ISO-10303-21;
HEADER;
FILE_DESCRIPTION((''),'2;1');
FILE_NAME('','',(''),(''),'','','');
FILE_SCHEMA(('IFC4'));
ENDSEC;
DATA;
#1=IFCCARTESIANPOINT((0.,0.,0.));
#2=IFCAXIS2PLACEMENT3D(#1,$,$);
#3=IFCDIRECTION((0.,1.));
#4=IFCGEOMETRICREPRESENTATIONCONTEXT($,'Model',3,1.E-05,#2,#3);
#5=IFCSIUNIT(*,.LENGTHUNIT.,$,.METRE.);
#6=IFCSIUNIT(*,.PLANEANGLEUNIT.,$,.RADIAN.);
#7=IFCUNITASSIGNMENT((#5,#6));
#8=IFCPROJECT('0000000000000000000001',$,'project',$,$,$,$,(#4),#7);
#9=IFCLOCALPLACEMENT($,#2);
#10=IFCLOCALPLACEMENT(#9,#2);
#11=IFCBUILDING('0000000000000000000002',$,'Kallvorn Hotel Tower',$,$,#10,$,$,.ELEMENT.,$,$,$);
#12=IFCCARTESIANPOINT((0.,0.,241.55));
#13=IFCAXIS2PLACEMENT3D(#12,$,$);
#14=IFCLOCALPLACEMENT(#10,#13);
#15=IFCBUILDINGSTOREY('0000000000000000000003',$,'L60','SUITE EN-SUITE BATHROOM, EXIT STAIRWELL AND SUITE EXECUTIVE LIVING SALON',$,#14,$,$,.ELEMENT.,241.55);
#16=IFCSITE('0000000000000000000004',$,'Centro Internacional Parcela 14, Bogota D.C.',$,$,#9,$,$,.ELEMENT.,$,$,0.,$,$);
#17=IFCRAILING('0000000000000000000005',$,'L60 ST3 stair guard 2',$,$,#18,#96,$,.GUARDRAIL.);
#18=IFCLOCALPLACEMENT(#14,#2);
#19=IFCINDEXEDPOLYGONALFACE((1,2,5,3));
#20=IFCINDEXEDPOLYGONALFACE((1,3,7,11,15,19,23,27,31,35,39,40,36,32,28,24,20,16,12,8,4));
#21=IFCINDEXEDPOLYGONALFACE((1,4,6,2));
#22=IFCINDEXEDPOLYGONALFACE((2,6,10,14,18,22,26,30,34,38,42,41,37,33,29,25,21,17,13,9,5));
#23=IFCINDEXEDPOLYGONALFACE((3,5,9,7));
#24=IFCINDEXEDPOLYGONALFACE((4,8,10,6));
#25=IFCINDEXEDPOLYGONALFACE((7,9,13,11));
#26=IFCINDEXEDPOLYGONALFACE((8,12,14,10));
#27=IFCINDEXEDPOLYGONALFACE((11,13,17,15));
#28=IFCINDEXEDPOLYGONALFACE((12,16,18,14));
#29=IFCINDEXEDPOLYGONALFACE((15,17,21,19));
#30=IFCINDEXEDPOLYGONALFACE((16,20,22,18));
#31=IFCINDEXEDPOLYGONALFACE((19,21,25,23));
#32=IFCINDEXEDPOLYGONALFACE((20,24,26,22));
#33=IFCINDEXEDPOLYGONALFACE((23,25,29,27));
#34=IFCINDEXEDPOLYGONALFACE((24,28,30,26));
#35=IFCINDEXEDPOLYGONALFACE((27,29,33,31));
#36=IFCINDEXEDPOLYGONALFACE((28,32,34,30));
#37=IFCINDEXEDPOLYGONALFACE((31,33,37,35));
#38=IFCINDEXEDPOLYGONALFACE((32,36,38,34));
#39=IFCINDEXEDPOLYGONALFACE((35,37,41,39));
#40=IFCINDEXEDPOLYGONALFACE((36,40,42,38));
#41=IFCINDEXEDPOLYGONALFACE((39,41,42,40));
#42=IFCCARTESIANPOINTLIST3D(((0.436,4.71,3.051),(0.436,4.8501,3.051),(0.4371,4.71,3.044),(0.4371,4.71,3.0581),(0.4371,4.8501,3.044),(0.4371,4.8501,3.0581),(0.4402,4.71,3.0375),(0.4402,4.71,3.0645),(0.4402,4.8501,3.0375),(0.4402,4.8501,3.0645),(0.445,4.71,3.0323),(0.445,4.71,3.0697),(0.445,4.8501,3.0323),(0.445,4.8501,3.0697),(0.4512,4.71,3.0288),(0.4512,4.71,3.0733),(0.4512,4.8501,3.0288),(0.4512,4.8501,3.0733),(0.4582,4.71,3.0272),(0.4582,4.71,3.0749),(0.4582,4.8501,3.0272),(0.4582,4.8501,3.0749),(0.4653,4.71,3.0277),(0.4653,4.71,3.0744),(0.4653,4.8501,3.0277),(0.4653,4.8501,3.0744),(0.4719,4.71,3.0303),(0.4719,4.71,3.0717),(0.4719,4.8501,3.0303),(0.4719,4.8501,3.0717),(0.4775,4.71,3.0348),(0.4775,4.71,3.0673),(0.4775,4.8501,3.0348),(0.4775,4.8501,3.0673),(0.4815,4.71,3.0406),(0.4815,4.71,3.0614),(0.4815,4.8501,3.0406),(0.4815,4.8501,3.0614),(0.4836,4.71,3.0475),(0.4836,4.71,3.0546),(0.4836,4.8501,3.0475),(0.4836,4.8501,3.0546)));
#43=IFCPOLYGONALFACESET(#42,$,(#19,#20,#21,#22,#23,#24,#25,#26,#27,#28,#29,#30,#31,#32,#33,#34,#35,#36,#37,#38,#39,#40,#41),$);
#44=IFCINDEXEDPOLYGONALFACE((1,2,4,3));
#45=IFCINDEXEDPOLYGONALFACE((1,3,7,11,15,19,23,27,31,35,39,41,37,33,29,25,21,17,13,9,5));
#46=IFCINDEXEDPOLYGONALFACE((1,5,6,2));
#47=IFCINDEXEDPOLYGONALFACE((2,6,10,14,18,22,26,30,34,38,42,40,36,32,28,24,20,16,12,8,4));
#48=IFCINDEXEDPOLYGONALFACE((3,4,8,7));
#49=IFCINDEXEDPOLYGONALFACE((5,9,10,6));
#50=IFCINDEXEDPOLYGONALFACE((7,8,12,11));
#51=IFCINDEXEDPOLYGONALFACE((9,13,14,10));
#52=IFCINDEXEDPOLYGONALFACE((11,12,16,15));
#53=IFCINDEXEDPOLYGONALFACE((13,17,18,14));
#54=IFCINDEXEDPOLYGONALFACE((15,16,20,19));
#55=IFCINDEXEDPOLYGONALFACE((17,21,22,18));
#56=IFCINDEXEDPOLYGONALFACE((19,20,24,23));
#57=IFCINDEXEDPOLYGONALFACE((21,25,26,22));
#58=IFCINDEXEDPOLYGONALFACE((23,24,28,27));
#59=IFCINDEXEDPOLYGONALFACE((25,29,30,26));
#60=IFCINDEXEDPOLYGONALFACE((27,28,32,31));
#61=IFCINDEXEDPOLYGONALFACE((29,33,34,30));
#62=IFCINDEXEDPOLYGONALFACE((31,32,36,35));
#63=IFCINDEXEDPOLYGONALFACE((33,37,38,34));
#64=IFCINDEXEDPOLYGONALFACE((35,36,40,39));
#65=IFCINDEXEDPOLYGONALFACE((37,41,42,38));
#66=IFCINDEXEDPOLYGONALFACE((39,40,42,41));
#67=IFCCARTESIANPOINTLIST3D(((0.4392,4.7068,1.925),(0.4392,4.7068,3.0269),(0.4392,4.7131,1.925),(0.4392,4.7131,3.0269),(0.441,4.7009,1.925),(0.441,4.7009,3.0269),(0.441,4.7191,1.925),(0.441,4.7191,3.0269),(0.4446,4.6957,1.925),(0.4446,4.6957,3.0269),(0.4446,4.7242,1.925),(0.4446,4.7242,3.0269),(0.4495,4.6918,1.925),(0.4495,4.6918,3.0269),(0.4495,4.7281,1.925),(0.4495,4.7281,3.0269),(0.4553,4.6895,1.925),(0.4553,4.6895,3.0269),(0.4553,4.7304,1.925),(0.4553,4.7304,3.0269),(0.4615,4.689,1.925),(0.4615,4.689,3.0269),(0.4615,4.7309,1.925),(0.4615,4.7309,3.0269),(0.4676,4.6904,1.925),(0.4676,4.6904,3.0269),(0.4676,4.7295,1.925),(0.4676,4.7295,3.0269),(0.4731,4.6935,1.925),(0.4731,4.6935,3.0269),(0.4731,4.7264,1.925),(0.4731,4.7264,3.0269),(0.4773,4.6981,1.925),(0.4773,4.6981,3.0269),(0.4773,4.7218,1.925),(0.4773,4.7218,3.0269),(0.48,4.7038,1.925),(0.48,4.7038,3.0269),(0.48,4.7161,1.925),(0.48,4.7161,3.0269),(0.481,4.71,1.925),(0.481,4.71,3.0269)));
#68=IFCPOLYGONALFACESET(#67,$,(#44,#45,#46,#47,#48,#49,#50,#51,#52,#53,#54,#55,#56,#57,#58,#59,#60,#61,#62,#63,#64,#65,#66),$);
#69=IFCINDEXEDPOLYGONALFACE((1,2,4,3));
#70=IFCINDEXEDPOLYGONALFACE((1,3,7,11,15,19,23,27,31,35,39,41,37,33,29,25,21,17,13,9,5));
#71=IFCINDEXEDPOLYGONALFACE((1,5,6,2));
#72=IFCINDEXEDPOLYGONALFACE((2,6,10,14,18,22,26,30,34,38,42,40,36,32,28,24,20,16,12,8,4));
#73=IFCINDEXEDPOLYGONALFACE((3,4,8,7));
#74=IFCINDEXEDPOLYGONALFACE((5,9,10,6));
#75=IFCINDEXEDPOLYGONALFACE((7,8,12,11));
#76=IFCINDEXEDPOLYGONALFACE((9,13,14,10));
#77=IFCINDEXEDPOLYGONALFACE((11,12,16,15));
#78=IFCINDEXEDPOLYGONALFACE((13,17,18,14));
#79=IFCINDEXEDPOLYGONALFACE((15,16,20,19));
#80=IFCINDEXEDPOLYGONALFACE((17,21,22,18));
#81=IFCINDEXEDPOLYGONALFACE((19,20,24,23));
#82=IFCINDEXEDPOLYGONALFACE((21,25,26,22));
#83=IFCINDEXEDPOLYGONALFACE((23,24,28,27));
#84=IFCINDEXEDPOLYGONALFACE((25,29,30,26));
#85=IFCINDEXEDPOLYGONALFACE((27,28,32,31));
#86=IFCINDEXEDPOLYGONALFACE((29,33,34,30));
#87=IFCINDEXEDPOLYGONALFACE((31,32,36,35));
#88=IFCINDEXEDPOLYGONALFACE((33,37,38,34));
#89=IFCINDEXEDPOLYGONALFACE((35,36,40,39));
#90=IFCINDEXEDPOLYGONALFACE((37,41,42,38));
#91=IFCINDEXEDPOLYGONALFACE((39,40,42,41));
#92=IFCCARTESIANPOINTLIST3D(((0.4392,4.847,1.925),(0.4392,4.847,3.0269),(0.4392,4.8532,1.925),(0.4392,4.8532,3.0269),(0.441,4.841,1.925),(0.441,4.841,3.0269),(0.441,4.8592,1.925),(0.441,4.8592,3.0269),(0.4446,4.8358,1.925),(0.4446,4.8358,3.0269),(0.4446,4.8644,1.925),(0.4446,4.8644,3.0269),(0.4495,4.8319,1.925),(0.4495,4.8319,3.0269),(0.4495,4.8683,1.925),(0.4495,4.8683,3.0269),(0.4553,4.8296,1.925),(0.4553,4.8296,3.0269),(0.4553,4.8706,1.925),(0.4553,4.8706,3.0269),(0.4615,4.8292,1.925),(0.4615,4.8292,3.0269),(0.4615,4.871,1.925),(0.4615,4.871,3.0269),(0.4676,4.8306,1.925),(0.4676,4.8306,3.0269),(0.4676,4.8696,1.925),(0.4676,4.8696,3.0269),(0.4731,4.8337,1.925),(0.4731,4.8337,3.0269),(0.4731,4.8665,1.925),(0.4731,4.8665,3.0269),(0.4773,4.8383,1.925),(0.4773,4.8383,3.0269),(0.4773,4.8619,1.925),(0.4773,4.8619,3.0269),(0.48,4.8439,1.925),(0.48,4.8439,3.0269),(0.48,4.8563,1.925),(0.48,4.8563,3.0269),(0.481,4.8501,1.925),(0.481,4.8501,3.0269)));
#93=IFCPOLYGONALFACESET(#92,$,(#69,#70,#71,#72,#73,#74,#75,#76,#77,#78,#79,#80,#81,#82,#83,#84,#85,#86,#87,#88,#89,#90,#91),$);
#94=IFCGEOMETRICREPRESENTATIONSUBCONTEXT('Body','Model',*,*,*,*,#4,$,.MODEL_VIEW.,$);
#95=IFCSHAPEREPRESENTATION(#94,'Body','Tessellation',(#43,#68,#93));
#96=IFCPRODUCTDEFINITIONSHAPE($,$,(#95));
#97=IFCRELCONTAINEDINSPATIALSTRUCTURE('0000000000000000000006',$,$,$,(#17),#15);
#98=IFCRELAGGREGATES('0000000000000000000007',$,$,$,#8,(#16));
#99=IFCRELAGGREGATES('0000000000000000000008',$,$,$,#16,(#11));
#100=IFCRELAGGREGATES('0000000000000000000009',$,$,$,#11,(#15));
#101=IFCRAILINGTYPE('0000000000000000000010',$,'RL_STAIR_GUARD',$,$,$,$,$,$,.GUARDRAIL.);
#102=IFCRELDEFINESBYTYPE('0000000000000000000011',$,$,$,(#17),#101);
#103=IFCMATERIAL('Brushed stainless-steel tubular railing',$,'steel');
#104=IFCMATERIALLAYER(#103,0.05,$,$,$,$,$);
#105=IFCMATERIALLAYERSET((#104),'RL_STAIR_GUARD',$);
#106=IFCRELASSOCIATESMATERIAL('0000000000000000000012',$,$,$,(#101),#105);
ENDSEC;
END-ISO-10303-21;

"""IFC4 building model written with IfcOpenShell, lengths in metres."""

from ifc_helpers import new_model, si_unit, direction, frame, origin, origin_2d, place, context, subcontext, project, spatial, circle, extrude, material, layer, layer_set, type_object, element, save


model = new_model("IFC4")

# Units and contexts
model_context = context("Model", 3, precision=1e-05, world=origin(), true_north=direction((0.0, 1.0)))
body_context = subcontext(model_context, "Body", "Model", "MODEL_VIEW")
ifc_project = project(units=[si_unit("LENGTHUNIT", "METRE"), si_unit("PLANEANGLEUNIT", "RADIAN")], contexts=[model_context])

# Site, building, storey
site_placement = place(None, origin())
site = spatial("IfcSite", under=ifc_project, at=site_placement, Name="Centro Internacional Parcela 14, Bogota D.C.", CompositionType="ELEMENT", RefElevation=0.0)
building_placement = place(site_placement, origin())
building = spatial("IfcBuilding", under=site, at=building_placement, Name="Kallvorn Hotel Tower", CompositionType="ELEMENT")
storey_placement = place(building_placement, frame((0.0, 0.0, 241.55)))
storey = spatial("IfcBuildingStorey", under=building, at=storey_placement, Name="L60", Description="SUITE EN-SUITE BATHROOM, EXIT STAIRWELL AND SUITE EXECUTIVE LIVING SALON", CompositionType="ELEMENT", Elevation=241.55)

# Railing
ifc_material_1 = material(Name="Brushed stainless-steel tubular railing", Category="steel")
ifc_layer_1 = layer(ifc_material_1, 0.05)
ifc_layer_set_1 = layer_set([ifc_layer_1], Name="RL_STAIR_GUARD")
railing_type_1 = type_object("IfcRailingType", Name="RL_STAIR_GUARD", PredefinedType="GUARDRAIL", material=ifc_layer_set_1)
railing_1_placement = place(storey_placement, frame((0.46, 4.71, 1.925)))
element("IfcRailing", 1, at=railing_1_placement, inside=storey, type_object=railing_type_1, Name="L60 ST3 stair guard 2", PredefinedType="GUARDRAIL", context=body_context, shape_type="SweptSolid", body=[
    extrude(circle(Radius=0.0239, at=origin_2d()), frame((0.0, 0.0, 1.126), z_axis=(0.0, 1.0, 0.0), x_axis=(-1.0, 0.0, 0.0)), (0.0, 0.0, 1.0), 0.1401),
    extrude(circle(Radius=0.021, at=origin_2d()), origin(), (0.0, 0.0, 1.0), 1.1018),
    extrude(circle(Radius=0.021, at=origin_2d()), frame((0.0, 0.1401, 0.0)), (0.0, 0.0, 1.0), 1.1018),
])

save(model, "model.ifc")
